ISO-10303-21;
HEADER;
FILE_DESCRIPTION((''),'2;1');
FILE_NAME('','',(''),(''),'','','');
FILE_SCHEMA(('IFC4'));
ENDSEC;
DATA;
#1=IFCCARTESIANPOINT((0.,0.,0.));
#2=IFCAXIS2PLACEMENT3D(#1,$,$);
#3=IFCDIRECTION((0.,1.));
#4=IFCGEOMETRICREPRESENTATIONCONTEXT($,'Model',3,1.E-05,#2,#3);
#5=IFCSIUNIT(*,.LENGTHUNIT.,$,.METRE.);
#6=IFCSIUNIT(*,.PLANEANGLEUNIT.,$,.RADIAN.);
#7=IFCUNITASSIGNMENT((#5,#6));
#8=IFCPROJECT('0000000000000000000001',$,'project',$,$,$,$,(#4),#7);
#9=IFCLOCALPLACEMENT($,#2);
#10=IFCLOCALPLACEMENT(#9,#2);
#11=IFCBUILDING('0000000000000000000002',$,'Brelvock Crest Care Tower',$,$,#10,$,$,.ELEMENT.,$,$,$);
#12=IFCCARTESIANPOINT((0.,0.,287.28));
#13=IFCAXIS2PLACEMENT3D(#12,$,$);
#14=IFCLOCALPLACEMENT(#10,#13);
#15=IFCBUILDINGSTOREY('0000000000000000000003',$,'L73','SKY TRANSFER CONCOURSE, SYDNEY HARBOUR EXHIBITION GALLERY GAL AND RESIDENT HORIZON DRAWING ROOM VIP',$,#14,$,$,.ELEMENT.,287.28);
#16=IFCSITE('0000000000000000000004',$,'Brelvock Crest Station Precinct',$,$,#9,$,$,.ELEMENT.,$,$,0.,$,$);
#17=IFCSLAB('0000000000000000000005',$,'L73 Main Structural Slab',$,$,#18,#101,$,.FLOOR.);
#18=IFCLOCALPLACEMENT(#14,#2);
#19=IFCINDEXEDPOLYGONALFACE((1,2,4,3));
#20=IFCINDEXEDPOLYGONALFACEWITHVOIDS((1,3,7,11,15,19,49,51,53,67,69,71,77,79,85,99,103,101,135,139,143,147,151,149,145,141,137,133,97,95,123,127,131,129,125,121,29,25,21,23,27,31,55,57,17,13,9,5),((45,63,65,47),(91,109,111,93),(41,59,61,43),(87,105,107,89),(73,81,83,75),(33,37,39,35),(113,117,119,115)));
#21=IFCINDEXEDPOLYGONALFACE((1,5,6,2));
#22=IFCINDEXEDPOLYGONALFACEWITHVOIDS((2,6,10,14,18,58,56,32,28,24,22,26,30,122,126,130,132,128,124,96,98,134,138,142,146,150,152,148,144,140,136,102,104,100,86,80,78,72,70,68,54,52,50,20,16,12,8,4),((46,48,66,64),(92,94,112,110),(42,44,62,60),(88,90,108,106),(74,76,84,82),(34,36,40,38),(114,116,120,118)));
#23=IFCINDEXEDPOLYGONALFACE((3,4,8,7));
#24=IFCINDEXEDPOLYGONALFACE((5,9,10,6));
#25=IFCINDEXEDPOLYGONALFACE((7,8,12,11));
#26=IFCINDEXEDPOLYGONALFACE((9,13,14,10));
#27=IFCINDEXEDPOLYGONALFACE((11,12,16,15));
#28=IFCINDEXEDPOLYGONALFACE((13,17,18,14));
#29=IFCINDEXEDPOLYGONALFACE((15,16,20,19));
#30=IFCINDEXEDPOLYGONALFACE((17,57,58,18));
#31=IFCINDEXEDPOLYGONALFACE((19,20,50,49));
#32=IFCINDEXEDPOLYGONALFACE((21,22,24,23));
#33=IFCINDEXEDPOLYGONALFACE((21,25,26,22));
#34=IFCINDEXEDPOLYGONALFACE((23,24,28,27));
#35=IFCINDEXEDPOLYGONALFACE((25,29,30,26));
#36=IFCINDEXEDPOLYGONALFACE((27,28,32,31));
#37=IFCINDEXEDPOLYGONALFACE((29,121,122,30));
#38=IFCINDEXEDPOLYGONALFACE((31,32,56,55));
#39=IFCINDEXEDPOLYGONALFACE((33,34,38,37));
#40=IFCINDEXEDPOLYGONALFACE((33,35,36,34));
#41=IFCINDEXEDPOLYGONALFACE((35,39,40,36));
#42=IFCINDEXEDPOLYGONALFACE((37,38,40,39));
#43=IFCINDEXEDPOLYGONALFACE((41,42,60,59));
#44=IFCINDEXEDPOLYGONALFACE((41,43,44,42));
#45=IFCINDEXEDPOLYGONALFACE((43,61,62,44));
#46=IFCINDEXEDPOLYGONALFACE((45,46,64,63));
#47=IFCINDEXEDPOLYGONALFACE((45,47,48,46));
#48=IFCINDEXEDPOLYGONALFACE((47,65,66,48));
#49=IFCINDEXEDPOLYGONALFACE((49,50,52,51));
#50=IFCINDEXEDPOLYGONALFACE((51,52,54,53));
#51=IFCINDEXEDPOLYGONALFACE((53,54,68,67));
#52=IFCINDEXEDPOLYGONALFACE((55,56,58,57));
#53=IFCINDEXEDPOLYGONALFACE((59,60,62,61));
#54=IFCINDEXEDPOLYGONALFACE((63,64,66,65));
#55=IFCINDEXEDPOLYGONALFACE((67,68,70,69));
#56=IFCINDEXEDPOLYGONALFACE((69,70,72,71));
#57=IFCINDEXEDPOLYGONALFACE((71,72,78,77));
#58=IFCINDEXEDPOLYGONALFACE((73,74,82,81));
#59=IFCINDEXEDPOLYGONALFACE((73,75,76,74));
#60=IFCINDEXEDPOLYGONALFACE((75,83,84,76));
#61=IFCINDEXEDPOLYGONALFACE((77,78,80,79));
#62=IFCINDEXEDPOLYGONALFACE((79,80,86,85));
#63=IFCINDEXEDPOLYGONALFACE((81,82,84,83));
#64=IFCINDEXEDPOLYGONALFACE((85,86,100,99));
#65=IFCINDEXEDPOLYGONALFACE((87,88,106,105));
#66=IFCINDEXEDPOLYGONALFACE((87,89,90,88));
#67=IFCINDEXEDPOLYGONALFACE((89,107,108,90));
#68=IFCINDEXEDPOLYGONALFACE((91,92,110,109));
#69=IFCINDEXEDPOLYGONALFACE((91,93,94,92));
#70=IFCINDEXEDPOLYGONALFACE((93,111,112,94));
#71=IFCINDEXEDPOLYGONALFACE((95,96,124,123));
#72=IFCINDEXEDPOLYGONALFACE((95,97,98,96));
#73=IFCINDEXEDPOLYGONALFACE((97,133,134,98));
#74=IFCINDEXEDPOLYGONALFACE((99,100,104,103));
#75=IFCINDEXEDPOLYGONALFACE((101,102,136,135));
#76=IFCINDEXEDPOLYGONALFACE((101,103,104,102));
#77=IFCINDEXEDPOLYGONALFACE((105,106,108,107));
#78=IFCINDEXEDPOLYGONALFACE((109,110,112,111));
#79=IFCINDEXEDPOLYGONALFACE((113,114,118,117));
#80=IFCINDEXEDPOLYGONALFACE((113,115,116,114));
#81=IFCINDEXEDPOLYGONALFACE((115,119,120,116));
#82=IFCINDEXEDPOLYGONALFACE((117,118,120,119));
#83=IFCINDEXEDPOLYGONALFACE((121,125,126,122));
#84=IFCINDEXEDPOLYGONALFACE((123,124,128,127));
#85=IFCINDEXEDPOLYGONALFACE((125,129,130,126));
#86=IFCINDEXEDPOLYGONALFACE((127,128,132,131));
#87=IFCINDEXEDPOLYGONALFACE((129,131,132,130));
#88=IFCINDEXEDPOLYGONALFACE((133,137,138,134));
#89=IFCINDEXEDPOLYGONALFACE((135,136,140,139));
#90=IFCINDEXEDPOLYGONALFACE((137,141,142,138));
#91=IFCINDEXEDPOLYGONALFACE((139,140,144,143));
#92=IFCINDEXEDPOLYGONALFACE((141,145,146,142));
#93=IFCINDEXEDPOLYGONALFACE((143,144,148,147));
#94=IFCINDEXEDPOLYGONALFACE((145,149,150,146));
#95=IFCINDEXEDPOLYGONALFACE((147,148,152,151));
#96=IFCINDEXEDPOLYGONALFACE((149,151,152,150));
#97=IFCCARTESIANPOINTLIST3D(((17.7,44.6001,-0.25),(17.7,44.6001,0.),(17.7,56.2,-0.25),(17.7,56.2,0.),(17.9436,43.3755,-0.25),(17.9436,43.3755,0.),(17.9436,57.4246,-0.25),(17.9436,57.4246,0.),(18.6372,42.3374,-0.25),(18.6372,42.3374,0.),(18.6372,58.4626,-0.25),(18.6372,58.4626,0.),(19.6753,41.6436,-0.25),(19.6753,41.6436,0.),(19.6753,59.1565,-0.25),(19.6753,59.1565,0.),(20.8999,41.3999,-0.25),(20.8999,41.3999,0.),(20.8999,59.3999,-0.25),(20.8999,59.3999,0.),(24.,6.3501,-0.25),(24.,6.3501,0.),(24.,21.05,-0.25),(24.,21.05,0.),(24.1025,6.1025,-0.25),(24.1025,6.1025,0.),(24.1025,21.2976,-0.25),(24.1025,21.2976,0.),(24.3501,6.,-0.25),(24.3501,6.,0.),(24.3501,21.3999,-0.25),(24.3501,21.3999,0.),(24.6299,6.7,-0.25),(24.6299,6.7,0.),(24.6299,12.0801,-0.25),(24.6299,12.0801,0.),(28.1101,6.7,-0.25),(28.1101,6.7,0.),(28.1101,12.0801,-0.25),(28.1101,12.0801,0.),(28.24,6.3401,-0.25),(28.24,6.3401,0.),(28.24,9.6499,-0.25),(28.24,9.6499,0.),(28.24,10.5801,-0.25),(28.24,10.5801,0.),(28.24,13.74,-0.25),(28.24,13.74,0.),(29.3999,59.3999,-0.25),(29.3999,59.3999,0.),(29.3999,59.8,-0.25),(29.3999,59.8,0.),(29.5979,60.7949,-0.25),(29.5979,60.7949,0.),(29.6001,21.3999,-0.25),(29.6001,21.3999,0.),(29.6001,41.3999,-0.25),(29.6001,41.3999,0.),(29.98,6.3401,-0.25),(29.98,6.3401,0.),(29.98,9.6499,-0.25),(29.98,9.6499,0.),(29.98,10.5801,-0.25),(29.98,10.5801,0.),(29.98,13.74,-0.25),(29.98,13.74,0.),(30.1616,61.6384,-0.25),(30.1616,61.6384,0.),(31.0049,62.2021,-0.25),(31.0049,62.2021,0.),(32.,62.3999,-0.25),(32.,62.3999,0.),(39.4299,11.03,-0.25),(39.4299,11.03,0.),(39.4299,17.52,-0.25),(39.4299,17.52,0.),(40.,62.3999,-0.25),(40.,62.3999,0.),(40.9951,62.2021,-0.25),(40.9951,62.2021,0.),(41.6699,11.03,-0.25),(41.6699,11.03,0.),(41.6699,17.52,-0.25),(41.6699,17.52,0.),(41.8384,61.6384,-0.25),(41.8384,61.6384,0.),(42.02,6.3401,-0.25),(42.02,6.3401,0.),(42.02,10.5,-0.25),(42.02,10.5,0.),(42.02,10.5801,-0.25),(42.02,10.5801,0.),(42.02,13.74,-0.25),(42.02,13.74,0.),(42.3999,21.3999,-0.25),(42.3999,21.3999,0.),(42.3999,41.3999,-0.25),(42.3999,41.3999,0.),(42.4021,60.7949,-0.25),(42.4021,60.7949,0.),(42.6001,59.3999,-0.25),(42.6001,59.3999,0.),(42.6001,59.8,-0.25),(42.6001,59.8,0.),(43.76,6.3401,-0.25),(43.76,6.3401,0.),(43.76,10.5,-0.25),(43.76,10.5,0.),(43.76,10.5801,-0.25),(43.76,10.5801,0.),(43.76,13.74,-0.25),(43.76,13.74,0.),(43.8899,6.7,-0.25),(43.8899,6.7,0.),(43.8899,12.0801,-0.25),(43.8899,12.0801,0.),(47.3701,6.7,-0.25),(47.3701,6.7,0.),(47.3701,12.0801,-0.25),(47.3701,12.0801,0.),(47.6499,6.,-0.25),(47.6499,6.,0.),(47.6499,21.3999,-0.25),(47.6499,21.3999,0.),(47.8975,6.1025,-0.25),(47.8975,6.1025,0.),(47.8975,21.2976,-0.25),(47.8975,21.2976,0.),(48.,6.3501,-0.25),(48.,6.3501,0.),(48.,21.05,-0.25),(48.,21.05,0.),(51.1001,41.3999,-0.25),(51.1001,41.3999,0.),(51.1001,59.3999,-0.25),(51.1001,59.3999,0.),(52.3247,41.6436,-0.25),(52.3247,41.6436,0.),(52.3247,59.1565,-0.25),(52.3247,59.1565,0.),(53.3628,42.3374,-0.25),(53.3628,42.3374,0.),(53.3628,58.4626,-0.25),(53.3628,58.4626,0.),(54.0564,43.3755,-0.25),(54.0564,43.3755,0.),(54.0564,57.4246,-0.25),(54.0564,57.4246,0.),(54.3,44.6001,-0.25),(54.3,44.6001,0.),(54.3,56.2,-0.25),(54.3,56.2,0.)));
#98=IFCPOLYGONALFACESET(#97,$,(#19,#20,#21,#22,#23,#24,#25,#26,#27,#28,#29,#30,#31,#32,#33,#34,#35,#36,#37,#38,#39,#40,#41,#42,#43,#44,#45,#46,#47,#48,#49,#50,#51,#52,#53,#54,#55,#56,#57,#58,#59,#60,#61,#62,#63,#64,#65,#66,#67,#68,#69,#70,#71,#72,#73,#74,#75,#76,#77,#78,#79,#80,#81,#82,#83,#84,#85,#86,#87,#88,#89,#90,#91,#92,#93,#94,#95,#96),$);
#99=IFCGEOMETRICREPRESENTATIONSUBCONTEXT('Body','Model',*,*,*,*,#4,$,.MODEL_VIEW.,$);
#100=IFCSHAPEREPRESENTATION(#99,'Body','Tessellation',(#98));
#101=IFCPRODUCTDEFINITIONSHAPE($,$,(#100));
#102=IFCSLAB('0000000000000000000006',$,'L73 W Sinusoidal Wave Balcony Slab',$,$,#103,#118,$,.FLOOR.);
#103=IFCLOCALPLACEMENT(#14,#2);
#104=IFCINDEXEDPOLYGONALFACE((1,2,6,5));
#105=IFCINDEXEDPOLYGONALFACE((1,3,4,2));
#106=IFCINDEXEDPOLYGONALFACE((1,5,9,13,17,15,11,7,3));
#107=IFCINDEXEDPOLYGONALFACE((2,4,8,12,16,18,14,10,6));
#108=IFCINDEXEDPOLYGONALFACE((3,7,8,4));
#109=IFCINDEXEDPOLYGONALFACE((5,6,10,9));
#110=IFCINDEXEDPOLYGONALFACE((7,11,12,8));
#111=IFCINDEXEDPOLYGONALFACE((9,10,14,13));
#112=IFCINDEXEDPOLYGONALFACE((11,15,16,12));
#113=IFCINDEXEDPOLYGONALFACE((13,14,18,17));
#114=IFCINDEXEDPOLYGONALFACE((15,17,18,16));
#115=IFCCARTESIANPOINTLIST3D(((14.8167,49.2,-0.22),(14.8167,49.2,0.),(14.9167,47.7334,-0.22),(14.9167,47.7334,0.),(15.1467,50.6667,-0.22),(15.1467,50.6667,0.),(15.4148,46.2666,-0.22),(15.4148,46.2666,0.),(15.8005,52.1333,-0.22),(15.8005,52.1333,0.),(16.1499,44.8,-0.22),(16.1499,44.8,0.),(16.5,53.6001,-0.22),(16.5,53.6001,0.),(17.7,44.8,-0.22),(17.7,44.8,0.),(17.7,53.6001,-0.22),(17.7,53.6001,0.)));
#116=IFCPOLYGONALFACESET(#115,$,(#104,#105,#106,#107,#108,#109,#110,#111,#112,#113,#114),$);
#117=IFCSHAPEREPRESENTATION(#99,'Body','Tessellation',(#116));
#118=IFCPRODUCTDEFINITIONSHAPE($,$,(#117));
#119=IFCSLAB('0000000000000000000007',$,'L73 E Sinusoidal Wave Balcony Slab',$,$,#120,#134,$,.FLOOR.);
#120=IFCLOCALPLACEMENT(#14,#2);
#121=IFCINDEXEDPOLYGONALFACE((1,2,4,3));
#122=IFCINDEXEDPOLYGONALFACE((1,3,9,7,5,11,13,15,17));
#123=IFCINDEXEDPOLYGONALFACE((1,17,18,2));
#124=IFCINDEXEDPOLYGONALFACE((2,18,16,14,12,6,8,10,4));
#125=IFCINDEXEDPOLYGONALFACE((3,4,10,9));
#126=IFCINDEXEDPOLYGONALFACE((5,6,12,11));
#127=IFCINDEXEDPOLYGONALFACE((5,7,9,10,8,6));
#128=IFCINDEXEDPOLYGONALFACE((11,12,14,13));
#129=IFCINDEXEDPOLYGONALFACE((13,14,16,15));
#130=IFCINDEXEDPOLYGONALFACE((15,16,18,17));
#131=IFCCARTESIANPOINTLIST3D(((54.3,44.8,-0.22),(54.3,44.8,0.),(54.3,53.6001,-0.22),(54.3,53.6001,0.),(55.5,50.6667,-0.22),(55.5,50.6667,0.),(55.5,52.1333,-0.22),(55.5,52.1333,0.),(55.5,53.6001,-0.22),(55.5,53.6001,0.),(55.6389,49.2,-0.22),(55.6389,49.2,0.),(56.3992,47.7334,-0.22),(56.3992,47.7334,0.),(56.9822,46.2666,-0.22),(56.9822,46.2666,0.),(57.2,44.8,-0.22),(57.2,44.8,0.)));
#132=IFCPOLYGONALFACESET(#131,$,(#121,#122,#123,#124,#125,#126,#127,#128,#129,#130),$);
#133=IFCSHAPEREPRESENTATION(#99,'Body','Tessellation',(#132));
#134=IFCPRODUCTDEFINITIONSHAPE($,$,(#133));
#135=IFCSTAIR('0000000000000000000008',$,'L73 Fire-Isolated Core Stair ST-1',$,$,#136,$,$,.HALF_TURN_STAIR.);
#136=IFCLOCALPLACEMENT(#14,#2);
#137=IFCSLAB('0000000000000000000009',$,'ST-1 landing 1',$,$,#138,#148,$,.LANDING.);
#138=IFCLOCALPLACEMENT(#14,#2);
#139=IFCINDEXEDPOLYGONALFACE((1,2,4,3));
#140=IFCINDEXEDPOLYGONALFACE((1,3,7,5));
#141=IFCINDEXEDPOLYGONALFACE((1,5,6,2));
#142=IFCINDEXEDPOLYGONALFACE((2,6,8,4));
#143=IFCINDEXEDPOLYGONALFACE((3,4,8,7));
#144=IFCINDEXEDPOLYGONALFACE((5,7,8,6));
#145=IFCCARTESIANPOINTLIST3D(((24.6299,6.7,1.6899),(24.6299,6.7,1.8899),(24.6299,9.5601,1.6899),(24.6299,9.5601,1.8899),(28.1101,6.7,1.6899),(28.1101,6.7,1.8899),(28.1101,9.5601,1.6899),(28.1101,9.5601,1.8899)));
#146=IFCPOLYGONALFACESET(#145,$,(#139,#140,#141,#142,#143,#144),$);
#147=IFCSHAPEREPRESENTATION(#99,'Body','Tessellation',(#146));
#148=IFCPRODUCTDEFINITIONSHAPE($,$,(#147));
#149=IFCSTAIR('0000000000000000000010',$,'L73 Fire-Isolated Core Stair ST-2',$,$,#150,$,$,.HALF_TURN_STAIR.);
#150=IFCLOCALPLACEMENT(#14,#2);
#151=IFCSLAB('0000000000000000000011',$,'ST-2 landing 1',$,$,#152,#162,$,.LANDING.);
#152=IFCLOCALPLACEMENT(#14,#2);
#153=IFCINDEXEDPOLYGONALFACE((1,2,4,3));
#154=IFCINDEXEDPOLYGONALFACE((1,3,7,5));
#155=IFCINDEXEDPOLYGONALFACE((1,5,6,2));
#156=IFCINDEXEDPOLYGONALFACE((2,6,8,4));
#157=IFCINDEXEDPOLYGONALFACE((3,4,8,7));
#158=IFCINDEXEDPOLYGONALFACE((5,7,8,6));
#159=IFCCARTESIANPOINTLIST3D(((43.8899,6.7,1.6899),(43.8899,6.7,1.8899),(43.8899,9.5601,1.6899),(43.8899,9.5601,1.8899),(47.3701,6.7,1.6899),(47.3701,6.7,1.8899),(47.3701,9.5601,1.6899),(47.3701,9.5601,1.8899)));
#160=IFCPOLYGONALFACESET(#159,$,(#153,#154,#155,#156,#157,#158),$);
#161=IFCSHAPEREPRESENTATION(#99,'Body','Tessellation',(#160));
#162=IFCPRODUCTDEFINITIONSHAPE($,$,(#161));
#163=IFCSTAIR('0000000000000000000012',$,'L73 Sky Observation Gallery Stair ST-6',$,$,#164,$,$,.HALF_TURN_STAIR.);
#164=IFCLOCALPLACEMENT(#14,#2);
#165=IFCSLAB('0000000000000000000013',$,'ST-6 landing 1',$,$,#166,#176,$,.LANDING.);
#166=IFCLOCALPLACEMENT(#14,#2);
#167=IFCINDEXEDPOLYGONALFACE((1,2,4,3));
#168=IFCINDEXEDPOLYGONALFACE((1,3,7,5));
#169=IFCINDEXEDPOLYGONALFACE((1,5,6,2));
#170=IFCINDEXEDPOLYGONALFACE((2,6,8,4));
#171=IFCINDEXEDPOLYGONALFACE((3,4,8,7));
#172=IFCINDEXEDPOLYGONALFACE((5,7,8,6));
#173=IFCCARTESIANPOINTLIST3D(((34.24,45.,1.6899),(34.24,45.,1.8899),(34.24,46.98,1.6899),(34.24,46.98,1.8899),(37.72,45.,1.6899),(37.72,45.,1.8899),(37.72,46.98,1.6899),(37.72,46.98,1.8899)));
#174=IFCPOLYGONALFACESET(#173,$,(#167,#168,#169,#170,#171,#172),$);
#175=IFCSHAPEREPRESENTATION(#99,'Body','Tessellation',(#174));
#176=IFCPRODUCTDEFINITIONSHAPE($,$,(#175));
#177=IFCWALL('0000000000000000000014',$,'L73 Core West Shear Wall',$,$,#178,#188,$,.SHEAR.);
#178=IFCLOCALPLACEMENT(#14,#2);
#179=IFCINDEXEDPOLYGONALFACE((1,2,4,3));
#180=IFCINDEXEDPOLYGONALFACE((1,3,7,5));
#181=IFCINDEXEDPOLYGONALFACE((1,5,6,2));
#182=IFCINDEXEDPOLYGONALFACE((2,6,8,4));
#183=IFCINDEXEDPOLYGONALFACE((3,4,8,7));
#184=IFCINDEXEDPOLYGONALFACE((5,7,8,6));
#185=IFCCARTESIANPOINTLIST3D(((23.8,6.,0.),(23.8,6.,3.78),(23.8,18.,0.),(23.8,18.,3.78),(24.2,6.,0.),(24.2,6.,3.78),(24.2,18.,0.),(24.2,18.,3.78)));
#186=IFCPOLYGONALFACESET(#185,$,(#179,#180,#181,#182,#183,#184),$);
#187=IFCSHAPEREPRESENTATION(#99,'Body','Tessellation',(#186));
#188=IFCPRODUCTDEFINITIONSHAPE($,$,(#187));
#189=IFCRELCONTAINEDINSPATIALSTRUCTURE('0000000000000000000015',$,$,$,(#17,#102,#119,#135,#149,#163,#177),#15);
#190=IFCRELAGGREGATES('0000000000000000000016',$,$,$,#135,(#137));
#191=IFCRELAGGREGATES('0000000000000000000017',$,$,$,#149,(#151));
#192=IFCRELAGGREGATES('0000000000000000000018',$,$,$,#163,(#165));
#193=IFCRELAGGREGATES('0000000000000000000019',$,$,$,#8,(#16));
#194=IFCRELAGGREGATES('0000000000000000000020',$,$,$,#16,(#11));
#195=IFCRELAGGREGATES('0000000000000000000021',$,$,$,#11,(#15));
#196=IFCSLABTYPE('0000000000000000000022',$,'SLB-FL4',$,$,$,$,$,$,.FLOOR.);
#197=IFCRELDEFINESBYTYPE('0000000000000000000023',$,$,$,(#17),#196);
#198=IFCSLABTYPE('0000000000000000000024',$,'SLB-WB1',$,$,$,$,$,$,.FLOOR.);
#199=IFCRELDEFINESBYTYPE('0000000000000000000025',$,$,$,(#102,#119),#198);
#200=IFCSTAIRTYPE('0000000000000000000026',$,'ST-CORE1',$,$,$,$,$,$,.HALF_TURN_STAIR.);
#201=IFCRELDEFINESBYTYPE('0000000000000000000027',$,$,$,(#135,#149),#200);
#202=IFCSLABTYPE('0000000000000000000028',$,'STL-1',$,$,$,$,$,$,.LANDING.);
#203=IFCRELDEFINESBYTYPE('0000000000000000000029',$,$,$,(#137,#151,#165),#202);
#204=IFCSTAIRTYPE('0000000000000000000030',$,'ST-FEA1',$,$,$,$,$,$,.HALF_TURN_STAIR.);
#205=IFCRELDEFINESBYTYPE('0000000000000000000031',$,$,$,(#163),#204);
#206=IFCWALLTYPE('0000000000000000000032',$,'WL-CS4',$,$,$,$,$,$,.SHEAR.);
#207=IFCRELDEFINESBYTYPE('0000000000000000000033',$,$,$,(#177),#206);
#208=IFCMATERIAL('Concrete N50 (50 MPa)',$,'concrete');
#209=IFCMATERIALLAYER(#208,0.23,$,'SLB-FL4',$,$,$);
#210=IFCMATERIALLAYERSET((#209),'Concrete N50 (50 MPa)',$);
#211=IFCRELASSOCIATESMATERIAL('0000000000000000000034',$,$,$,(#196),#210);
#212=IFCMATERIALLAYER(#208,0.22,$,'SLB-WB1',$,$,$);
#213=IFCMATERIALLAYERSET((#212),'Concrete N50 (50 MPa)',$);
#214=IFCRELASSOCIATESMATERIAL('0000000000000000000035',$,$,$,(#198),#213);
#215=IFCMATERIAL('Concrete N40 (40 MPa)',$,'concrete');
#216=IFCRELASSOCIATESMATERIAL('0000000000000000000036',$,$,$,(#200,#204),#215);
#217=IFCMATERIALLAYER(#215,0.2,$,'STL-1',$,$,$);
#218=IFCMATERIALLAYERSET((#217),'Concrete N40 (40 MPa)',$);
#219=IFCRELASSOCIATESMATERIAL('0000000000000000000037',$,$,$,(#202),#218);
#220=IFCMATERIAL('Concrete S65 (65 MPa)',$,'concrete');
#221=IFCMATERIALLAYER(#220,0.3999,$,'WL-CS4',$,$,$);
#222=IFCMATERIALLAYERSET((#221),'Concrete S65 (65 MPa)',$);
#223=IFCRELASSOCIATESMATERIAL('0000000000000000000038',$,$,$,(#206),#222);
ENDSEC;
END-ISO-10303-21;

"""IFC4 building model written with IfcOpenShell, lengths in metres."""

from ifc_helpers import new_model, si_unit, direction, frame, frame_2d, origin, place, context, subcontext, project, spatial, polyline, rectangle, outline, extrude, material, layer, layer_set, type_object, element, aggregate, save


model = new_model("IFC4")

# Units and contexts
model_context = context("Model", 3, precision=1e-05, world=origin(), true_north=direction((0.0, 1.0)))
body_context = subcontext(model_context, "Body", "Model", "MODEL_VIEW")
ifc_project = project(units=[si_unit("LENGTHUNIT", "METRE"), si_unit("PLANEANGLEUNIT", "RADIAN")], contexts=[model_context])

# Site, building, storey
site_placement = place(None, origin())
site = spatial("IfcSite", under=ifc_project, at=site_placement, Name="Brelvock Crest Station Precinct", CompositionType="ELEMENT", RefElevation=0.0)
building_placement = place(site_placement, origin())
building = spatial("IfcBuilding", under=site, at=building_placement, Name="Brelvock Crest Care Tower", CompositionType="ELEMENT")
storey_placement = place(building_placement, frame((0.0, 0.0, 287.28)))
storey = spatial("IfcBuildingStorey", under=building, at=storey_placement, Name="L73", Description="SKY TRANSFER CONCOURSE, SYDNEY HARBOUR EXHIBITION GALLERY GAL AND RESIDENT HORIZON DRAWING ROOM VIP", CompositionType="ELEMENT", Elevation=287.28)

# Shared definitions
ifc_material_1 = material(Name="Concrete S65 (65 MPa)", Category="concrete")

# Slabs
ifc_material_2 = material(Name="Concrete N50 (50 MPa)", Category="concrete")
ifc_layer_1 = layer(ifc_material_2, 0.23, Name="SLB-FL4")
ifc_layer_set_1 = layer_set([ifc_layer_1], Name="Concrete N50 (50 MPa)")
slab_type_1 = type_object("IfcSlabType", Name="SLB-FL4", PredefinedType="FLOOR", material=ifc_layer_set_1)
slab_1_placement = place(storey_placement, frame((0.0, 0.0, -0.25)))
element("IfcSlab", 1, at=slab_1_placement, inside=storey, type_object=slab_type_1, Name="L73 Main Structural Slab", PredefinedType="FLOOR", context=body_context, shape_type="SweptSolid", body=[
    extrude(outline(polyline([(47.6499, 21.3999), (42.3999, 21.3999), (42.3999, 41.3999), (51.1001, 41.3999), (52.3247, 41.6436), (53.3628, 42.3374), (54.0564, 43.3755), (54.3, 44.6001), (54.3, 56.2), (54.0564, 57.4246), (53.3628, 58.4626), (52.3247, 59.1565), (51.1001, 59.3999), (42.6001, 59.3999), (42.6001, 59.8), (42.4021, 60.7949), (41.8384, 61.6384), (40.9951, 62.2021), (40.0, 62.3999), (32.0, 62.3999), (31.0049, 62.2021), (30.1616, 61.6384), (29.5979, 60.7949), (29.3999, 59.8), (29.3999, 59.3999), (20.8999, 59.3999), (19.6753, 59.1565), (18.6372, 58.4626), (17.9436, 57.4246), (17.7, 56.2), (17.7, 44.6001), (17.9436, 43.3755), (18.6372, 42.3374), (19.6753, 41.6436), (20.8999, 41.3999), (29.6001, 41.3999), (29.6001, 21.3999), (24.3501, 21.3999), (24.1025, 21.2976), (24.0, 21.05), (24.0, 6.3501), (24.1025, 6.1025), (24.3501, 6.0), (47.6499, 6.0), (47.8975, 6.1025), (48.0, 6.3501), (48.0, 21.05), (47.8975, 21.2976), (47.6499, 21.3999)]), holes=[polyline([(28.24, 10.5801), (29.98, 10.5801), (29.98, 13.74), (28.24, 13.74), (28.24, 10.5801)]), polyline([(42.02, 10.5801), (43.76, 10.5801), (43.76, 13.74), (42.02, 13.74), (42.02, 10.5801)]), polyline([(28.24, 6.3401), (29.98, 6.3401), (29.98, 9.6499), (28.24, 9.6499), (28.24, 6.3401)]), polyline([(24.6299, 12.0801), (24.6299, 6.7), (28.1101, 6.7), (28.1101, 12.0801), (24.6299, 12.0801)]), polyline([(43.8899, 12.0801), (43.8899, 6.7), (47.3701, 6.7), (47.3701, 12.0801), (43.8899, 12.0801)]), polyline([(42.02, 6.3401), (43.76, 6.3401), (43.76, 10.5), (42.02, 10.5), (42.02, 6.3401)]), polyline([(39.4299, 11.03), (41.6699, 11.03), (41.6699, 17.52), (39.4299, 17.52), (39.4299, 11.03)])]), origin(), (0.0, 0.0, 1.0), 0.25),
])
ifc_layer_2 = layer(ifc_material_2, 0.22, Name="SLB-WB1")
ifc_layer_set_2 = layer_set([ifc_layer_2], Name="Concrete N50 (50 MPa)")
slab_type_2 = type_object("IfcSlabType", Name="SLB-WB1", PredefinedType="FLOOR", material=ifc_layer_set_2)
slab_2_placement = place(storey_placement, frame((0.0, 0.0, -0.22)))
element("IfcSlab", 2, at=slab_2_placement, inside=storey, type_object=slab_type_2, Name="L73 W Sinusoidal Wave Balcony Slab", PredefinedType="FLOOR", context=body_context, shape_type="SweptSolid", body=[
    extrude(outline(polyline([(17.7, 53.6001), (16.5, 53.6001), (15.8005, 52.1333), (15.1467, 50.6667), (14.8167, 49.2), (14.9167, 47.7334), (15.4148, 46.2666), (16.1499, 44.8), (17.7, 44.8), (17.7, 53.6001)])), origin(), (0.0, 0.0, 1.0), 0.22),
])
slab_3_placement = place(storey_placement, frame((0.0, 0.0, -0.22)))
element("IfcSlab", 3, at=slab_3_placement, inside=storey, type_object=slab_type_2, Name="L73 E Sinusoidal Wave Balcony Slab", PredefinedType="FLOOR", context=body_context, shape_type="SweptSolid", body=[
    extrude(outline(polyline([(54.3, 44.8), (57.2, 44.8), (56.9822, 46.2666), (56.3992, 47.7334), (55.6389, 49.2), (55.5, 50.6667), (55.5, 52.1333), (55.5, 53.6001), (54.3, 53.6001), (54.3, 44.8)])), origin(), (0.0, 0.0, 1.0), 0.22),
])

# Stairs, slabs
ifc_material_3 = material(Name="Concrete N40 (40 MPa)", Category="concrete")
stair_type_1 = type_object("IfcStairType", Name="ST-CORE1", PredefinedType="HALF_TURN_STAIR", material=ifc_material_3)
stair_1_placement = place(storey_placement, origin())
stair_1 = element("IfcStair", 4, at=stair_1_placement, inside=storey, type_object=stair_type_1, Name="L73 Fire-Isolated Core Stair ST-1", PredefinedType="HALF_TURN_STAIR")
ifc_layer_3 = layer(ifc_material_3, 0.2, Name="STL-1")
ifc_layer_set_3 = layer_set([ifc_layer_3], Name="Concrete N40 (40 MPa)")
slab_type_3 = type_object("IfcSlabType", Name="STL-1", PredefinedType="LANDING", material=ifc_layer_set_3)
slab_4_placement = place(storey_placement, frame((0.0, 0.0, 1.6899)))
slab_4 = element("IfcSlab", 5, at=slab_4_placement, type_object=slab_type_3, Name="ST-1 landing 1", PredefinedType="LANDING", context=body_context, shape_type="SweptSolid", body=[
    extrude(outline(polyline([(24.6299, 9.5601), (24.6299, 6.7), (28.1101, 6.7), (28.1101, 9.5601), (24.6299, 9.5601)])), origin(), (0.0, 0.0, 1.0), 0.2),
])
aggregate(stair_1, [slab_4])
stair_2_placement = place(storey_placement, origin())
stair_2 = element("IfcStair", 6, at=stair_2_placement, inside=storey, type_object=stair_type_1, Name="L73 Fire-Isolated Core Stair ST-2", PredefinedType="HALF_TURN_STAIR")
slab_5_placement = place(storey_placement, frame((0.0, 0.0, 1.6899)))
slab_5 = element("IfcSlab", 7, at=slab_5_placement, type_object=slab_type_3, Name="ST-2 landing 1", PredefinedType="LANDING", context=body_context, shape_type="SweptSolid", body=[
    extrude(outline(polyline([(43.8899, 9.5601), (43.8899, 6.7), (47.3701, 6.7), (47.3701, 9.5601), (43.8899, 9.5601)])), origin(), (0.0, 0.0, 1.0), 0.2),
])
aggregate(stair_2, [slab_5])
stair_type_2 = type_object("IfcStairType", Name="ST-FEA1", PredefinedType="HALF_TURN_STAIR", material=ifc_material_3)
stair_3_placement = place(storey_placement, origin())
stair_3 = element("IfcStair", 8, at=stair_3_placement, inside=storey, type_object=stair_type_2, Name="L73 Sky Observation Gallery Stair ST-6", PredefinedType="HALF_TURN_STAIR")
slab_6_placement = place(storey_placement, frame((0.0, 0.0, 1.6899)))
slab_6 = element("IfcSlab", 9, at=slab_6_placement, type_object=slab_type_3, Name="ST-6 landing 1", PredefinedType="LANDING", context=body_context, shape_type="SweptSolid", body=[
    extrude(outline(polyline([(34.24, 46.98), (34.24, 45.0), (37.72, 45.0), (37.72, 46.98), (34.24, 46.98)])), origin(), (0.0, 0.0, 1.0), 0.2),
])
aggregate(stair_3, [slab_6])

# Wall
ifc_layer_4 = layer(ifc_material_1, 0.3999, Name="WL-CS4")
ifc_layer_set_4 = layer_set([ifc_layer_4], Name="Concrete S65 (65 MPa)")
wall_type_1 = type_object("IfcWallType", Name="WL-CS4", PredefinedType="SHEAR", material=ifc_layer_set_4)
wall_1_placement = place(storey_placement, frame((24.0, 6.0, 0.0), z_axis=(0.0, 0.0, 1.0), x_axis=(0.0, 1.0, 0.0)))
element("IfcWall", 10, at=wall_1_placement, inside=storey, type_object=wall_type_1, Name="L73 Core West Shear Wall", PredefinedType="SHEAR", context=body_context, shape_type="SweptSolid", body=[
    extrude(rectangle(XDim=12.0, YDim=0.3999, at=frame_2d((6.0, 0.0))), origin(), (0.0, 0.0, 1.0), 3.78),
])

save(model, "model.ifc")
